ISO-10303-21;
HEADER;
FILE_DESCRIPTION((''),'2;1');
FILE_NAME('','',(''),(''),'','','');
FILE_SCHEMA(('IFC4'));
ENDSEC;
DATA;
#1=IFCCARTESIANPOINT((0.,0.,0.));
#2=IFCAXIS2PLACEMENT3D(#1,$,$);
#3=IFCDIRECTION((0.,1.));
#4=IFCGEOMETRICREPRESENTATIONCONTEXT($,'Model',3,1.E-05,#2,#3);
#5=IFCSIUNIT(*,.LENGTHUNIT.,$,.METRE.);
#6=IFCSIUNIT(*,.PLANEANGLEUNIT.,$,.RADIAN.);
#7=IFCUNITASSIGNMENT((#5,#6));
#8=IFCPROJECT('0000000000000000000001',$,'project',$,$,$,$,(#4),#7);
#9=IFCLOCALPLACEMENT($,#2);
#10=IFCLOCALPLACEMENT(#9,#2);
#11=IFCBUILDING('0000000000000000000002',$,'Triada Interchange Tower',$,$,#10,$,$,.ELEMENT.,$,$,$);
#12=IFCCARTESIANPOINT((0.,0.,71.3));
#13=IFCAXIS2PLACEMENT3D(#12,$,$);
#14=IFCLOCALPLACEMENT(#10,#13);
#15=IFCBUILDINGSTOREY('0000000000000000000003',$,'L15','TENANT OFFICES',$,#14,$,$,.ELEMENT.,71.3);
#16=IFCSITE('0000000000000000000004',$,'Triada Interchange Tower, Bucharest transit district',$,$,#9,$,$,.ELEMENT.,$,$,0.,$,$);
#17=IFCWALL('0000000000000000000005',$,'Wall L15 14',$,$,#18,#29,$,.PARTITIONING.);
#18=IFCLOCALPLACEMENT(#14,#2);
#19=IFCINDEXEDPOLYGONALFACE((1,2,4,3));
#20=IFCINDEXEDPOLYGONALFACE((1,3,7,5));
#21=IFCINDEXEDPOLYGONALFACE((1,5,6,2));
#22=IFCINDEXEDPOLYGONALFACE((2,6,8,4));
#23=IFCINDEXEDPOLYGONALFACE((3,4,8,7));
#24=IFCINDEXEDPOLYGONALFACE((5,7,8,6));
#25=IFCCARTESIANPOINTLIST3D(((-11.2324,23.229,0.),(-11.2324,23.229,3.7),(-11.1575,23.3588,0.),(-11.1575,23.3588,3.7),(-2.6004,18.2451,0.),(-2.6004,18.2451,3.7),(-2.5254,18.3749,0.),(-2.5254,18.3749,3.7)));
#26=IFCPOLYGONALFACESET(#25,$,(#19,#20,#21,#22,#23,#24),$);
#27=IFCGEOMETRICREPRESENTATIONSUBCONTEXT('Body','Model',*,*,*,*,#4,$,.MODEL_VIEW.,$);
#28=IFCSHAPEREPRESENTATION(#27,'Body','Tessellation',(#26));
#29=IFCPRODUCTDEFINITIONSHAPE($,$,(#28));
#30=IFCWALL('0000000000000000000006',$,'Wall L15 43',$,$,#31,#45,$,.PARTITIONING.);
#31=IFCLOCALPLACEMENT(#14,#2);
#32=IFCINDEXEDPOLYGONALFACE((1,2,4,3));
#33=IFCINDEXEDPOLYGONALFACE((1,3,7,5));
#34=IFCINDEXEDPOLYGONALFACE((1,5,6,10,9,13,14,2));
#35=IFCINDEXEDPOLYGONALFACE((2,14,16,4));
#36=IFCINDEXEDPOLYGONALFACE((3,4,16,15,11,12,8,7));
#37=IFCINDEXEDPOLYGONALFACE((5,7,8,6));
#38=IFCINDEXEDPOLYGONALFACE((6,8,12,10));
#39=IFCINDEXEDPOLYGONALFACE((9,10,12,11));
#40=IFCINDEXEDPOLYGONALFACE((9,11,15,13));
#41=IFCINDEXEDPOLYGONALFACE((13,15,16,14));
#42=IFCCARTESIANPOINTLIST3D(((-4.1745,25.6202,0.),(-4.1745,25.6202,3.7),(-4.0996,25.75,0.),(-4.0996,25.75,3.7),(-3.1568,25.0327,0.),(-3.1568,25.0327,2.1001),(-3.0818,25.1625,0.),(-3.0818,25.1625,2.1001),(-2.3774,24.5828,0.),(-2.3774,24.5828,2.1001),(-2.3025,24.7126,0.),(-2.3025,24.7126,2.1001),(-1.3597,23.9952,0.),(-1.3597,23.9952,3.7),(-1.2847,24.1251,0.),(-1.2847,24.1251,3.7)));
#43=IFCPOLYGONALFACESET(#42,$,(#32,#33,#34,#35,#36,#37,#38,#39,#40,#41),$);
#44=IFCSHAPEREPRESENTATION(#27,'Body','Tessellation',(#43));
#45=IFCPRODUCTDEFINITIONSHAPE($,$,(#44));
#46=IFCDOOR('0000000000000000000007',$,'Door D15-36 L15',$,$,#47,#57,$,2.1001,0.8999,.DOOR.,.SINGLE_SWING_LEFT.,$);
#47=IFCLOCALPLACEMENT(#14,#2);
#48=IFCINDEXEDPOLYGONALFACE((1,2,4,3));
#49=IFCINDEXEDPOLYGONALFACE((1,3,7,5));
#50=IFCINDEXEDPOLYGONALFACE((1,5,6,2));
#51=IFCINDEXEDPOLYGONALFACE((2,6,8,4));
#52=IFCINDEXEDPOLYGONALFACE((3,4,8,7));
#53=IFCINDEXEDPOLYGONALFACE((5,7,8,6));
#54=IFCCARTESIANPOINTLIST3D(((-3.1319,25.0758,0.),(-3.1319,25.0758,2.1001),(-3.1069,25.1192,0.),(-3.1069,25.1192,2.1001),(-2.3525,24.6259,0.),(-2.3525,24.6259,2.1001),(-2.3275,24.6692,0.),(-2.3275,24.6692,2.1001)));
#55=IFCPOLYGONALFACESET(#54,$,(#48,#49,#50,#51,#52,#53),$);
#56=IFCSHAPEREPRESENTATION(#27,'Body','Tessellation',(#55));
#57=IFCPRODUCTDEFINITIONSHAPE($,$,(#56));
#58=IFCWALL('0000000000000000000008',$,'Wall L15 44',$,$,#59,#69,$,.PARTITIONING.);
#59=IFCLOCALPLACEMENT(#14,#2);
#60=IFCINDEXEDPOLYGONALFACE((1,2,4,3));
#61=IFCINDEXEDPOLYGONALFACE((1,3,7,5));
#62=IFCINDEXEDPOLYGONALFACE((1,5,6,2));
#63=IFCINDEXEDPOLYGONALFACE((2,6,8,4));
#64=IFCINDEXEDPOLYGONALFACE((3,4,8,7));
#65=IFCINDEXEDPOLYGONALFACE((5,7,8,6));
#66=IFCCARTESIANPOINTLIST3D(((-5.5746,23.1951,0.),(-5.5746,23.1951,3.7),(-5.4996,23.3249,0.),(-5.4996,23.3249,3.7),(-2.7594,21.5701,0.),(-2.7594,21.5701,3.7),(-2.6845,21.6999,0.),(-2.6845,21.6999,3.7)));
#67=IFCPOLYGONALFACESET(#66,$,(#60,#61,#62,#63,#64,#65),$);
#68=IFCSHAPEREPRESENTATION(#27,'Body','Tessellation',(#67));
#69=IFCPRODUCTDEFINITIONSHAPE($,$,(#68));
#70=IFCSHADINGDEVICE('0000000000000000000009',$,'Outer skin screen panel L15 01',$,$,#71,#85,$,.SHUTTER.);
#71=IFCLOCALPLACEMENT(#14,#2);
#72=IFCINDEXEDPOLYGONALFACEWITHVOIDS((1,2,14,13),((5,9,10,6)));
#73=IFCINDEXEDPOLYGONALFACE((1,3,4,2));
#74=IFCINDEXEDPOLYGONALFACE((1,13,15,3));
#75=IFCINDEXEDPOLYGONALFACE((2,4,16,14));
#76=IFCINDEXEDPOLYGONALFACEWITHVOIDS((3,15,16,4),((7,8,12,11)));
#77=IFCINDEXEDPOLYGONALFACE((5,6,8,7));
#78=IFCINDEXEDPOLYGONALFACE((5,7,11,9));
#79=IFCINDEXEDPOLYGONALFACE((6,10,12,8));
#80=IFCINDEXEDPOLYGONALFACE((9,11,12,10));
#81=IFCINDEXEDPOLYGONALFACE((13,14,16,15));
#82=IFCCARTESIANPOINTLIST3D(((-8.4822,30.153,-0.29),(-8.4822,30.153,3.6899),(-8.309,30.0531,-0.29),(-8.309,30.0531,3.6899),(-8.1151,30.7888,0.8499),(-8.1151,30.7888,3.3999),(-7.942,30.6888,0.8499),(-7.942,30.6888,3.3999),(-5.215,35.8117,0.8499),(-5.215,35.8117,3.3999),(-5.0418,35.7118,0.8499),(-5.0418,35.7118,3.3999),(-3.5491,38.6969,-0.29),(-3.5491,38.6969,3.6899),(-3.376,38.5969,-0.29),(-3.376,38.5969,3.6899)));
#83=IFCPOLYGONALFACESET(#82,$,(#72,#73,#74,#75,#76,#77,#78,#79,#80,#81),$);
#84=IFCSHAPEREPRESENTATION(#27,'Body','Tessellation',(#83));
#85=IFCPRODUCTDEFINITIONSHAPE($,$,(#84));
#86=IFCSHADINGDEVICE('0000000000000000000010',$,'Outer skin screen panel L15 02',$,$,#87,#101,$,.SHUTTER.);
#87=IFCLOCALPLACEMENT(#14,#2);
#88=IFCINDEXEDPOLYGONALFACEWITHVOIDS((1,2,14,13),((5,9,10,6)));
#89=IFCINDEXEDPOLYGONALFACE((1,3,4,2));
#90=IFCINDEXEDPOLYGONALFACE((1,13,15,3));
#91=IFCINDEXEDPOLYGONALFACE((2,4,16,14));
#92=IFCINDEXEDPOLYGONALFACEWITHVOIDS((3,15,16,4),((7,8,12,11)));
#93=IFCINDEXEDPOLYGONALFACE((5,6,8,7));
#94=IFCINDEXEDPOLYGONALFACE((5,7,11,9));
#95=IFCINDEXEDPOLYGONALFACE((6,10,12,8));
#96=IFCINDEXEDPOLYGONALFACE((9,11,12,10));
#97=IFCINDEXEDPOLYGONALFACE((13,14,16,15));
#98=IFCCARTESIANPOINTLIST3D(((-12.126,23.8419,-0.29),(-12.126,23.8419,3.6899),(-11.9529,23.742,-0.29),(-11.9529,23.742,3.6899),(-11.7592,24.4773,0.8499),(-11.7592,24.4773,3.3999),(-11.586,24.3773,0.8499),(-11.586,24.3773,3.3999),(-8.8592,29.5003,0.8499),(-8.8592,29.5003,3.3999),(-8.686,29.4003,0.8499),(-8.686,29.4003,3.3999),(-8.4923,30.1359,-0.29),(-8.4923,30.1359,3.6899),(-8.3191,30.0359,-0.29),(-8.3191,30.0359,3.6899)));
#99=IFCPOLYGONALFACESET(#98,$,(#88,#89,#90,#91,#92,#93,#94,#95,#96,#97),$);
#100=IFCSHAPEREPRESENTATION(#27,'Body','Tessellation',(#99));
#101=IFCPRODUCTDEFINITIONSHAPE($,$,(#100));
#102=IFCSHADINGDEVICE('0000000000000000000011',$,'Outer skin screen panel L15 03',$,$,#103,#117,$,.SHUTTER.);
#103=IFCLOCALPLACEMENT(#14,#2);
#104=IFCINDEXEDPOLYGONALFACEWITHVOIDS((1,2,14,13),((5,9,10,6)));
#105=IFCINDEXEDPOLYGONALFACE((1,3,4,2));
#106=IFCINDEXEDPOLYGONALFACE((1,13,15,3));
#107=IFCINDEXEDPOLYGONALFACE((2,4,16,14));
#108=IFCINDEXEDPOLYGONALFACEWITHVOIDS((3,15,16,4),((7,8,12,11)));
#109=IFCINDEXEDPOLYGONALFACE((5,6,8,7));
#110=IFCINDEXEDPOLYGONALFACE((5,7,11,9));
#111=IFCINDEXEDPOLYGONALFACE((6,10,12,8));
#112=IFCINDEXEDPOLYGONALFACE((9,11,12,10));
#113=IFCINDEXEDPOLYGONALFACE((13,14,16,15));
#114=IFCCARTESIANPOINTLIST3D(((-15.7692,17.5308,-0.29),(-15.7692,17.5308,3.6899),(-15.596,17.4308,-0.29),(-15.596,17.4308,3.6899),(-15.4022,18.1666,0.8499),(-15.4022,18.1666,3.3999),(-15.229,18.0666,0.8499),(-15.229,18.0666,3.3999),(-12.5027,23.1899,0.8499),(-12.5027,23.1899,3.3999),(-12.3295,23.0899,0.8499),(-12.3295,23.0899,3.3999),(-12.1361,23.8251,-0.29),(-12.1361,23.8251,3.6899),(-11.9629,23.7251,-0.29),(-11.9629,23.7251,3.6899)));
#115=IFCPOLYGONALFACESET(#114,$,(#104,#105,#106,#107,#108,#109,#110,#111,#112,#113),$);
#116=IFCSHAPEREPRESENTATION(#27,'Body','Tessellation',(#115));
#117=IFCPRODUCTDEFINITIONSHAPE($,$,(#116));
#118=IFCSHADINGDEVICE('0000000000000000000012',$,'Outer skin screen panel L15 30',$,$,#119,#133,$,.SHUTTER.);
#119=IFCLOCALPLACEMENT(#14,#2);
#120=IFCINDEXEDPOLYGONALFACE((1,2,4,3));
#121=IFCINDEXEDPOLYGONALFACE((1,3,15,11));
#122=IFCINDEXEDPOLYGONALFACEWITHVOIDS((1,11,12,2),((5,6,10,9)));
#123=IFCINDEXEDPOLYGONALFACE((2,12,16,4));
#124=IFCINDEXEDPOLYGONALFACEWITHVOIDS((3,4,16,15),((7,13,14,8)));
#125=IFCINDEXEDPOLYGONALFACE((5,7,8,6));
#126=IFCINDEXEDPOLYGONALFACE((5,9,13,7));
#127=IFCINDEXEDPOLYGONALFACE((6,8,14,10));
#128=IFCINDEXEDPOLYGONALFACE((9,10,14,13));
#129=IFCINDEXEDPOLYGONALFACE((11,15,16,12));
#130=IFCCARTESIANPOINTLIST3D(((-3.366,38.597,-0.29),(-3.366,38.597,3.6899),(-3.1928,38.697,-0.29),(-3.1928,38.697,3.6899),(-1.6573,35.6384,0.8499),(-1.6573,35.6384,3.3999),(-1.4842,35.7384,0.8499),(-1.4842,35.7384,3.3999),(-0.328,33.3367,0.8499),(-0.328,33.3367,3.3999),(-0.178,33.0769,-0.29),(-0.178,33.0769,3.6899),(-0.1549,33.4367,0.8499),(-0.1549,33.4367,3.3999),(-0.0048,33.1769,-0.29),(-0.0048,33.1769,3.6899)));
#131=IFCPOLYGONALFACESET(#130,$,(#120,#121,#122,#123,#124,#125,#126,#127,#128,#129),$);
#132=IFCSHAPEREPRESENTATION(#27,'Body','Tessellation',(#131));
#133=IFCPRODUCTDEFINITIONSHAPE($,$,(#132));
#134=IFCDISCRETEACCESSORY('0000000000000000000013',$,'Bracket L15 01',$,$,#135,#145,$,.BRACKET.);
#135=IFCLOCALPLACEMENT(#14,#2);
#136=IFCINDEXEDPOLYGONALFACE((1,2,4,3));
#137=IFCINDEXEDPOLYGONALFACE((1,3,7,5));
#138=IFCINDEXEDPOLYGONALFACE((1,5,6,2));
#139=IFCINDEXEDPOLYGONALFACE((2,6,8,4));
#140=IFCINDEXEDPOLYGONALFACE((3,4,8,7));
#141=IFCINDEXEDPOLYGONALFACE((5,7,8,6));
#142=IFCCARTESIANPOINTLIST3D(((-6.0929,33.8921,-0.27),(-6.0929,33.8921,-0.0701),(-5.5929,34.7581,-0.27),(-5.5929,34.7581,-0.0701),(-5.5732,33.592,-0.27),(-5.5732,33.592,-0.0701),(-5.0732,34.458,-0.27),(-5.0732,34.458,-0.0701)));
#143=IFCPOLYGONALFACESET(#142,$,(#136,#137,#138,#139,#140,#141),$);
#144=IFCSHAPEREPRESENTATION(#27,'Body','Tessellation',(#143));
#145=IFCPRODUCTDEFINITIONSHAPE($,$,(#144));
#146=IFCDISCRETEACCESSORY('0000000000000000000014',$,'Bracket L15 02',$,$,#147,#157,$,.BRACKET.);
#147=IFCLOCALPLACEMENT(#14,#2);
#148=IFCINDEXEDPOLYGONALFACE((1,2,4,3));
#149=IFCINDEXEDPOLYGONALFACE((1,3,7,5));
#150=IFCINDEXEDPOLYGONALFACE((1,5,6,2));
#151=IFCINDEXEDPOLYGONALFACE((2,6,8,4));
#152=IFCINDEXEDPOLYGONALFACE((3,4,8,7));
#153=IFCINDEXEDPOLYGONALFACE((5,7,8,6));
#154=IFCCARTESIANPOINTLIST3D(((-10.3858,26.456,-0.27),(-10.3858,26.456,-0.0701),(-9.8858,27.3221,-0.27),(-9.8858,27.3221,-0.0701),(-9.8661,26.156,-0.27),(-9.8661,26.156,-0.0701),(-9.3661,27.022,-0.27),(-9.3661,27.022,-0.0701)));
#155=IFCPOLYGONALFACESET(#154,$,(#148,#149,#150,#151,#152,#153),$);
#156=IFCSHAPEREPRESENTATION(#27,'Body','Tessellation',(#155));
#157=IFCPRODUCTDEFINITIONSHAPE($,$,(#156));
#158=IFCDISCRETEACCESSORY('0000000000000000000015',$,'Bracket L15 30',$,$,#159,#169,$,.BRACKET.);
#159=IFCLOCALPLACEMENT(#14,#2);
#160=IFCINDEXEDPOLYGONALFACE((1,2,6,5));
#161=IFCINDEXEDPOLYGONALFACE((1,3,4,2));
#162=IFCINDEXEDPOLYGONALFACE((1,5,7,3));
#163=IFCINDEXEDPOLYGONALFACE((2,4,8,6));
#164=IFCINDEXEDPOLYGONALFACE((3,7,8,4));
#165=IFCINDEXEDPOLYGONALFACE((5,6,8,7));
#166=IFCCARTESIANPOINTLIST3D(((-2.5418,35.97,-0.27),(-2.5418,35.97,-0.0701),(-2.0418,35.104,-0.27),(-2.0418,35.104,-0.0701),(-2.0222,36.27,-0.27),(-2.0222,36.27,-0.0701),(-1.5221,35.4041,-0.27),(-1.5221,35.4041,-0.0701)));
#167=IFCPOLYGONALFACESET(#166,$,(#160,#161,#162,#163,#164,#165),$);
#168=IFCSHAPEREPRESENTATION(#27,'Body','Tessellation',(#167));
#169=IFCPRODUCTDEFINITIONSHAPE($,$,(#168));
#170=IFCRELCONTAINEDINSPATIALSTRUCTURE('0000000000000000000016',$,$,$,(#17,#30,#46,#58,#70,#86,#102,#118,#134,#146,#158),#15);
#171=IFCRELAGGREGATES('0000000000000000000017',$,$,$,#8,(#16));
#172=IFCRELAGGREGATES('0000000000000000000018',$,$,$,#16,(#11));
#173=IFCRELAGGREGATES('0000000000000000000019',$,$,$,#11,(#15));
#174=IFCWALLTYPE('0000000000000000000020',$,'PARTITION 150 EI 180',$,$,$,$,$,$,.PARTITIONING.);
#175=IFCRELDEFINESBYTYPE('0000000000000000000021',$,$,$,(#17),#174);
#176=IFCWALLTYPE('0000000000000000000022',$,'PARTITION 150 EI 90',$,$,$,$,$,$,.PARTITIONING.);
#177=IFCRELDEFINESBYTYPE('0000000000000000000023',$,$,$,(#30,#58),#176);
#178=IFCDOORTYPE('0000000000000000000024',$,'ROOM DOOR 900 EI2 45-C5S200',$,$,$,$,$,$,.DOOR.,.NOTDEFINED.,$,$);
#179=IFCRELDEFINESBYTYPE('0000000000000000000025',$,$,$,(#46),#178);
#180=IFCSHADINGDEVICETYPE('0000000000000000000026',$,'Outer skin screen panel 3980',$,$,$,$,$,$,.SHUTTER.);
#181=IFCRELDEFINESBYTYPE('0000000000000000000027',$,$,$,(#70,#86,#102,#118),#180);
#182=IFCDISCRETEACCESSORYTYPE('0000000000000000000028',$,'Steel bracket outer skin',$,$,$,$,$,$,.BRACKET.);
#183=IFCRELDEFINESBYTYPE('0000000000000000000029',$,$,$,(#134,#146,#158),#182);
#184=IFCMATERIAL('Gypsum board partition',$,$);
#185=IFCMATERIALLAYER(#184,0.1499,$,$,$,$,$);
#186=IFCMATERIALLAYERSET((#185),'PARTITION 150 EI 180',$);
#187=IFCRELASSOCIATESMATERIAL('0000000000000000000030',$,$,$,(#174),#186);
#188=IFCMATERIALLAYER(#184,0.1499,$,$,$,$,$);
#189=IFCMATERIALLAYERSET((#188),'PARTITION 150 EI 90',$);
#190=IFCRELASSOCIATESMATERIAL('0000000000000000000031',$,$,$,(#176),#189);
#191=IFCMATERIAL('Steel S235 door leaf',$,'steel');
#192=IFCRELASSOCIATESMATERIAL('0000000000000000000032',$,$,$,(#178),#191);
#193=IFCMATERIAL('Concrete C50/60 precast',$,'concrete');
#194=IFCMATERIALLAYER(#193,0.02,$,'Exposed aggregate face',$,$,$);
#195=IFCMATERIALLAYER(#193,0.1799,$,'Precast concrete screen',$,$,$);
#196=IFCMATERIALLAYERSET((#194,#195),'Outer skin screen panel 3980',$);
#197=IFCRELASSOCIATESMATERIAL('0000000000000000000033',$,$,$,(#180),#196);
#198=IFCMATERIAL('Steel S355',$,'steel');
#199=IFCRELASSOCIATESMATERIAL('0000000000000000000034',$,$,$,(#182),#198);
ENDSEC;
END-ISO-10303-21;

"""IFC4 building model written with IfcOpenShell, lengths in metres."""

from ifc_helpers import new_model, si_unit, direction, frame, frame_2d, origin, origin_2d, place, context, subcontext, project, spatial, polyline, rectangle, outline, extrude, material, layer, layer_set, type_object, element, fill, save


model = new_model("IFC4")

# Units and contexts
model_context = context("Model", 3, precision=1e-05, world=origin(), true_north=direction((0.0, 1.0)))
body_context = subcontext(model_context, "Body", "Model", "MODEL_VIEW")
ifc_project = project(units=[si_unit("LENGTHUNIT", "METRE"), si_unit("PLANEANGLEUNIT", "RADIAN")], contexts=[model_context])

# Site, building, storey
site_placement = place(None, origin())
site = spatial("IfcSite", under=ifc_project, at=site_placement, Name="Triada Interchange Tower, Bucharest transit district", CompositionType="ELEMENT", RefElevation=0.0)
building_placement = place(site_placement, origin())
building = spatial("IfcBuilding", under=site, at=building_placement, Name="Triada Interchange Tower", CompositionType="ELEMENT")
storey_placement = place(building_placement, frame((0.0, 0.0, 71.3)))
storey = spatial("IfcBuildingStorey", under=building, at=storey_placement, Name="L15", Description="TENANT OFFICES", CompositionType="ELEMENT", Elevation=71.3)

# Wall
ifc_material_1 = material(Name="Gypsum board partition")
ifc_layer_1 = layer(ifc_material_1, 0.1499)
ifc_layer_set_1 = layer_set([ifc_layer_1], Name="PARTITION 150 EI 180")
wall_type_1 = type_object("IfcWallType", Name="PARTITION 150 EI 180", PredefinedType="PARTITIONING", material=ifc_layer_set_1)
wall_1_placement = place(storey_placement, frame((-11.1951, 23.2939, 0.0), z_axis=(0.0, 0.0, 1.0), x_axis=(0.866019, -0.500012, 0.0)))
element("IfcWall", 1, at=wall_1_placement, inside=storey, type_object=wall_type_1, Name="Wall L15 14", PredefinedType="PARTITIONING", context=body_context, shape_type="SweptSolid", body=[
    extrude(rectangle(XDim=9.9675, YDim=0.1499, at=frame_2d((4.9839, 0.0))), origin(), (0.0, 0.0, 1.0), 3.7),
])

# Wall, opening, door
ifc_layer_2 = layer(ifc_material_1, 0.1499)
ifc_layer_set_2 = layer_set([ifc_layer_2], Name="PARTITION 150 EI 90")
wall_type_2 = type_object("IfcWallType", Name="PARTITION 150 EI 90", PredefinedType="PARTITIONING", material=ifc_layer_set_2)
wall_2_placement = place(storey_placement, frame((-4.137, 25.6851, 0.0), z_axis=(0.0, 0.0, 1.0), x_axis=(0.866053, -0.499952, 0.0)))
wall_2 = element("IfcWall", 2, at=wall_2_placement, inside=storey, type_object=wall_type_2, Name="Wall L15 43", PredefinedType="PARTITIONING", context=body_context, shape_type="SweptSolid", body=[
    extrude(rectangle(XDim=3.2502, YDim=0.1499, at=frame_2d((1.625, 0.0))), origin(), (0.0, 0.0, 1.0), 3.7),
])
opening_1_placement = place(wall_2_placement, frame((1.175, 0.0, 0.0)))
opening_1 = element("IfcOpeningElement", 3, at=opening_1_placement, cuts=wall_2, PredefinedType="OPENING", context=body_context, shape_type="SweptSolid", body=[
    extrude(rectangle(XDim=0.8999, YDim=2.1001, at=frame_2d((0.45, 1.05))), frame((0.0, 0.085, 0.0), z_axis=(0.0, -1.0, 0.0), x_axis=(1.0, 0.0, 0.0)), (0.0, 0.0, 1.0), 0.1699),
])
ifc_material_2 = material(Name="Steel S235 door leaf", Category="steel")
door_type = type_object("IfcDoorType", Name="ROOM DOOR 900 EI2 45-C5S200", OperationType="NOTDEFINED", PredefinedType="DOOR", material=ifc_material_2)
door_placement = place(opening_1_placement, origin())
door = element("IfcDoor", 4, at=door_placement, inside=storey, type_object=door_type, Name="Door D15-36 L15", OperationType="SINGLE_SWING_LEFT", OverallHeight=2.1001, OverallWidth=0.8999, PredefinedType="DOOR", context=body_context, shape_type="SweptSolid", body=[
    extrude(rectangle(XDim=0.8999, YDim=2.1001, at=frame_2d((0.45, 1.05))), frame((0.0, 0.0249, 0.0), z_axis=(0.0, -1.0, 0.0), x_axis=(1.0, 0.0, 0.0)), (0.0, 0.0, 1.0), 0.05),
])
fill(opening_1, door)

# Wall
wall_3_placement = place(storey_placement, frame((-5.5371, 23.26, 0.0), z_axis=(0.0, 0.0, 1.0), x_axis=(0.866072, -0.49992, 0.0)))
element("IfcWall", 5, at=wall_3_placement, inside=storey, type_object=wall_type_2, Name="Wall L15 44", PredefinedType="PARTITIONING", context=body_context, shape_type="SweptSolid", body=[
    extrude(rectangle(XDim=3.2505, YDim=0.1499, at=frame_2d((1.6252, 0.0))), origin(), (0.0, 0.0, 1.0), 3.7),
])

# Shading devices
ifc_material_3 = material(Name="Concrete C50/60 precast", Category="concrete")
ifc_layer_3 = layer(ifc_material_3, 0.02, Name="Exposed aggregate face")
ifc_layer_4 = layer(ifc_material_3, 0.1799, Name="Precast concrete screen")
ifc_layer_set_3 = layer_set([ifc_layer_3, ifc_layer_4], Name="Outer skin screen panel 3980")
shading_device_type = type_object("IfcShadingDeviceType", Name="Outer skin screen panel 3980", PredefinedType="SHUTTER", material=ifc_layer_set_3)
shading_device_1_placement = place(storey_placement, frame((-3.376, 38.5969, -0.29), z_axis=(0.0, 0.0, 1.0), x_axis=(-0.500019, -0.866014, 0.0)))
element("IfcShadingDevice", 6, at=shading_device_1_placement, inside=storey, type_object=shading_device_type, Name="Outer skin screen panel L15 01", PredefinedType="SHUTTER", context=body_context, shape_type="SweptSolid", body=[
    extrude(outline(polyline([(0.0, 0.0), (9.8657, 0.0), (9.8657, 3.98), (0.0, 3.98), (0.0, 0.0)]), holes=[polyline([(3.3315, 1.1399), (3.3315, 3.6899), (9.1316, 3.6899), (9.1316, 1.1399), (3.3315, 1.1399)])]), frame((0.0, 0.0, 0.0), z_axis=(0.0, -1.0, 0.0), x_axis=(1.0, 0.0, 0.0)), (0.0, 0.0, 1.0), 0.2),
])
shading_device_2_placement = place(storey_placement, frame((-8.3191, 30.0359, -0.29), z_axis=(0.0, 0.0, 1.0), x_axis=(-0.499998, -0.866027, 0.0)))
element("IfcShadingDevice", 7, at=shading_device_2_placement, inside=storey, type_object=shading_device_type, Name="Outer skin screen panel L15 02", PredefinedType="SHUTTER", context=body_context, shape_type="SweptSolid", body=[
    extrude(outline(polyline([(0.0, 0.0), (7.2676, 0.0), (7.2676, 3.98), (0.0, 3.98), (0.0, 0.0)]), holes=[polyline([(0.7339, 1.1399), (0.7339, 3.6899), (6.5339, 3.6899), (6.5339, 1.1399), (0.7339, 1.1399)])]), frame((0.0, 0.0, 0.0), z_axis=(0.0, -1.0, 0.0), x_axis=(1.0, 0.0, 0.0)), (0.0, 0.0, 1.0), 0.2),
])
shading_device_3_placement = place(storey_placement, frame((-11.9629, 23.7251, -0.29), z_axis=(0.0, 0.0, 1.0), x_axis=(-0.499908, -0.866079, 0.0)))
element("IfcShadingDevice", 8, at=shading_device_3_placement, inside=storey, type_object=shading_device_type, Name="Outer skin screen panel L15 03", PredefinedType="SHUTTER", context=body_context, shape_type="SweptSolid", body=[
    extrude(outline(polyline([(0.0, 0.0), (7.2676, 0.0), (7.2676, 3.98), (0.0, 3.98), (0.0, 0.0)]), holes=[polyline([(0.7334, 1.1399), (0.7334, 3.6899), (6.5334, 3.6899), (6.5334, 1.1399), (0.7334, 1.1399)])]), frame((0.0, 0.0, 0.0), z_axis=(0.0, -1.0, 0.0), x_axis=(1.0, 0.0, 0.0)), (0.0, 0.0, 1.0), 0.2),
])
shading_device_4_placement = place(storey_placement, frame((-0.178, 33.0769, -0.29), z_axis=(0.0, 0.0, 1.0), x_axis=(-0.500118, 0.865957, 0.0)))
element("IfcShadingDevice", 9, at=shading_device_4_placement, inside=storey, type_object=shading_device_type, Name="Outer skin screen panel L15 30", PredefinedType="SHUTTER", context=body_context, shape_type="SweptSolid", body=[
    extrude(outline(polyline([(0.0, 0.0), (6.3745, 0.0), (6.3745, 3.98), (0.0, 3.98), (0.0, 0.0)]), holes=[polyline([(0.3, 1.1399), (0.3, 3.6899), (2.958, 3.6899), (2.958, 1.1399), (0.3, 1.1399)])]), frame((0.0, 0.0, 0.0), z_axis=(0.0, -1.0, 0.0), x_axis=(1.0, 0.0, 0.0)), (0.0, 0.0, 1.0), 0.2),
])

# Discrete accessories
ifc_material_4 = material(Name="Steel S355", Category="steel")
discrete_accessory_type = type_object("IfcDiscreteAccessoryType", Name="Steel bracket outer skin", PredefinedType="BRACKET", material=ifc_material_4)
for number, where, z_axis, x_axis, name in (
    (10, (-5.583, 34.175, -0.27), (0.0, 0.0, 1.0), (-0.866027, 0.499997, 0.0), "Bracket L15 01"),
    (11, (-9.876, 26.739, -0.27), (0.0, 0.0, 1.0), (-0.866027, 0.499997, 0.0), "Bracket L15 02"),
    (12, (-2.032, 35.687, -0.27), (0.0, 0.0, 1.0), (0.865998, 0.500048, 0.0), "Bracket L15 30"),
):
    element("IfcDiscreteAccessory", number, at=place(storey_placement, frame(where, z_axis=z_axis, x_axis=x_axis)), inside=storey, type_object=discrete_accessory_type, Name=name, PredefinedType="BRACKET", context=body_context, shape_type="SweptSolid", body=[
        extrude(rectangle(XDim=0.6001, YDim=1.0, at=origin_2d()), origin(), (0.0, 0.0, 1.0), 0.2),
    ])

save(model, "model.ifc")
